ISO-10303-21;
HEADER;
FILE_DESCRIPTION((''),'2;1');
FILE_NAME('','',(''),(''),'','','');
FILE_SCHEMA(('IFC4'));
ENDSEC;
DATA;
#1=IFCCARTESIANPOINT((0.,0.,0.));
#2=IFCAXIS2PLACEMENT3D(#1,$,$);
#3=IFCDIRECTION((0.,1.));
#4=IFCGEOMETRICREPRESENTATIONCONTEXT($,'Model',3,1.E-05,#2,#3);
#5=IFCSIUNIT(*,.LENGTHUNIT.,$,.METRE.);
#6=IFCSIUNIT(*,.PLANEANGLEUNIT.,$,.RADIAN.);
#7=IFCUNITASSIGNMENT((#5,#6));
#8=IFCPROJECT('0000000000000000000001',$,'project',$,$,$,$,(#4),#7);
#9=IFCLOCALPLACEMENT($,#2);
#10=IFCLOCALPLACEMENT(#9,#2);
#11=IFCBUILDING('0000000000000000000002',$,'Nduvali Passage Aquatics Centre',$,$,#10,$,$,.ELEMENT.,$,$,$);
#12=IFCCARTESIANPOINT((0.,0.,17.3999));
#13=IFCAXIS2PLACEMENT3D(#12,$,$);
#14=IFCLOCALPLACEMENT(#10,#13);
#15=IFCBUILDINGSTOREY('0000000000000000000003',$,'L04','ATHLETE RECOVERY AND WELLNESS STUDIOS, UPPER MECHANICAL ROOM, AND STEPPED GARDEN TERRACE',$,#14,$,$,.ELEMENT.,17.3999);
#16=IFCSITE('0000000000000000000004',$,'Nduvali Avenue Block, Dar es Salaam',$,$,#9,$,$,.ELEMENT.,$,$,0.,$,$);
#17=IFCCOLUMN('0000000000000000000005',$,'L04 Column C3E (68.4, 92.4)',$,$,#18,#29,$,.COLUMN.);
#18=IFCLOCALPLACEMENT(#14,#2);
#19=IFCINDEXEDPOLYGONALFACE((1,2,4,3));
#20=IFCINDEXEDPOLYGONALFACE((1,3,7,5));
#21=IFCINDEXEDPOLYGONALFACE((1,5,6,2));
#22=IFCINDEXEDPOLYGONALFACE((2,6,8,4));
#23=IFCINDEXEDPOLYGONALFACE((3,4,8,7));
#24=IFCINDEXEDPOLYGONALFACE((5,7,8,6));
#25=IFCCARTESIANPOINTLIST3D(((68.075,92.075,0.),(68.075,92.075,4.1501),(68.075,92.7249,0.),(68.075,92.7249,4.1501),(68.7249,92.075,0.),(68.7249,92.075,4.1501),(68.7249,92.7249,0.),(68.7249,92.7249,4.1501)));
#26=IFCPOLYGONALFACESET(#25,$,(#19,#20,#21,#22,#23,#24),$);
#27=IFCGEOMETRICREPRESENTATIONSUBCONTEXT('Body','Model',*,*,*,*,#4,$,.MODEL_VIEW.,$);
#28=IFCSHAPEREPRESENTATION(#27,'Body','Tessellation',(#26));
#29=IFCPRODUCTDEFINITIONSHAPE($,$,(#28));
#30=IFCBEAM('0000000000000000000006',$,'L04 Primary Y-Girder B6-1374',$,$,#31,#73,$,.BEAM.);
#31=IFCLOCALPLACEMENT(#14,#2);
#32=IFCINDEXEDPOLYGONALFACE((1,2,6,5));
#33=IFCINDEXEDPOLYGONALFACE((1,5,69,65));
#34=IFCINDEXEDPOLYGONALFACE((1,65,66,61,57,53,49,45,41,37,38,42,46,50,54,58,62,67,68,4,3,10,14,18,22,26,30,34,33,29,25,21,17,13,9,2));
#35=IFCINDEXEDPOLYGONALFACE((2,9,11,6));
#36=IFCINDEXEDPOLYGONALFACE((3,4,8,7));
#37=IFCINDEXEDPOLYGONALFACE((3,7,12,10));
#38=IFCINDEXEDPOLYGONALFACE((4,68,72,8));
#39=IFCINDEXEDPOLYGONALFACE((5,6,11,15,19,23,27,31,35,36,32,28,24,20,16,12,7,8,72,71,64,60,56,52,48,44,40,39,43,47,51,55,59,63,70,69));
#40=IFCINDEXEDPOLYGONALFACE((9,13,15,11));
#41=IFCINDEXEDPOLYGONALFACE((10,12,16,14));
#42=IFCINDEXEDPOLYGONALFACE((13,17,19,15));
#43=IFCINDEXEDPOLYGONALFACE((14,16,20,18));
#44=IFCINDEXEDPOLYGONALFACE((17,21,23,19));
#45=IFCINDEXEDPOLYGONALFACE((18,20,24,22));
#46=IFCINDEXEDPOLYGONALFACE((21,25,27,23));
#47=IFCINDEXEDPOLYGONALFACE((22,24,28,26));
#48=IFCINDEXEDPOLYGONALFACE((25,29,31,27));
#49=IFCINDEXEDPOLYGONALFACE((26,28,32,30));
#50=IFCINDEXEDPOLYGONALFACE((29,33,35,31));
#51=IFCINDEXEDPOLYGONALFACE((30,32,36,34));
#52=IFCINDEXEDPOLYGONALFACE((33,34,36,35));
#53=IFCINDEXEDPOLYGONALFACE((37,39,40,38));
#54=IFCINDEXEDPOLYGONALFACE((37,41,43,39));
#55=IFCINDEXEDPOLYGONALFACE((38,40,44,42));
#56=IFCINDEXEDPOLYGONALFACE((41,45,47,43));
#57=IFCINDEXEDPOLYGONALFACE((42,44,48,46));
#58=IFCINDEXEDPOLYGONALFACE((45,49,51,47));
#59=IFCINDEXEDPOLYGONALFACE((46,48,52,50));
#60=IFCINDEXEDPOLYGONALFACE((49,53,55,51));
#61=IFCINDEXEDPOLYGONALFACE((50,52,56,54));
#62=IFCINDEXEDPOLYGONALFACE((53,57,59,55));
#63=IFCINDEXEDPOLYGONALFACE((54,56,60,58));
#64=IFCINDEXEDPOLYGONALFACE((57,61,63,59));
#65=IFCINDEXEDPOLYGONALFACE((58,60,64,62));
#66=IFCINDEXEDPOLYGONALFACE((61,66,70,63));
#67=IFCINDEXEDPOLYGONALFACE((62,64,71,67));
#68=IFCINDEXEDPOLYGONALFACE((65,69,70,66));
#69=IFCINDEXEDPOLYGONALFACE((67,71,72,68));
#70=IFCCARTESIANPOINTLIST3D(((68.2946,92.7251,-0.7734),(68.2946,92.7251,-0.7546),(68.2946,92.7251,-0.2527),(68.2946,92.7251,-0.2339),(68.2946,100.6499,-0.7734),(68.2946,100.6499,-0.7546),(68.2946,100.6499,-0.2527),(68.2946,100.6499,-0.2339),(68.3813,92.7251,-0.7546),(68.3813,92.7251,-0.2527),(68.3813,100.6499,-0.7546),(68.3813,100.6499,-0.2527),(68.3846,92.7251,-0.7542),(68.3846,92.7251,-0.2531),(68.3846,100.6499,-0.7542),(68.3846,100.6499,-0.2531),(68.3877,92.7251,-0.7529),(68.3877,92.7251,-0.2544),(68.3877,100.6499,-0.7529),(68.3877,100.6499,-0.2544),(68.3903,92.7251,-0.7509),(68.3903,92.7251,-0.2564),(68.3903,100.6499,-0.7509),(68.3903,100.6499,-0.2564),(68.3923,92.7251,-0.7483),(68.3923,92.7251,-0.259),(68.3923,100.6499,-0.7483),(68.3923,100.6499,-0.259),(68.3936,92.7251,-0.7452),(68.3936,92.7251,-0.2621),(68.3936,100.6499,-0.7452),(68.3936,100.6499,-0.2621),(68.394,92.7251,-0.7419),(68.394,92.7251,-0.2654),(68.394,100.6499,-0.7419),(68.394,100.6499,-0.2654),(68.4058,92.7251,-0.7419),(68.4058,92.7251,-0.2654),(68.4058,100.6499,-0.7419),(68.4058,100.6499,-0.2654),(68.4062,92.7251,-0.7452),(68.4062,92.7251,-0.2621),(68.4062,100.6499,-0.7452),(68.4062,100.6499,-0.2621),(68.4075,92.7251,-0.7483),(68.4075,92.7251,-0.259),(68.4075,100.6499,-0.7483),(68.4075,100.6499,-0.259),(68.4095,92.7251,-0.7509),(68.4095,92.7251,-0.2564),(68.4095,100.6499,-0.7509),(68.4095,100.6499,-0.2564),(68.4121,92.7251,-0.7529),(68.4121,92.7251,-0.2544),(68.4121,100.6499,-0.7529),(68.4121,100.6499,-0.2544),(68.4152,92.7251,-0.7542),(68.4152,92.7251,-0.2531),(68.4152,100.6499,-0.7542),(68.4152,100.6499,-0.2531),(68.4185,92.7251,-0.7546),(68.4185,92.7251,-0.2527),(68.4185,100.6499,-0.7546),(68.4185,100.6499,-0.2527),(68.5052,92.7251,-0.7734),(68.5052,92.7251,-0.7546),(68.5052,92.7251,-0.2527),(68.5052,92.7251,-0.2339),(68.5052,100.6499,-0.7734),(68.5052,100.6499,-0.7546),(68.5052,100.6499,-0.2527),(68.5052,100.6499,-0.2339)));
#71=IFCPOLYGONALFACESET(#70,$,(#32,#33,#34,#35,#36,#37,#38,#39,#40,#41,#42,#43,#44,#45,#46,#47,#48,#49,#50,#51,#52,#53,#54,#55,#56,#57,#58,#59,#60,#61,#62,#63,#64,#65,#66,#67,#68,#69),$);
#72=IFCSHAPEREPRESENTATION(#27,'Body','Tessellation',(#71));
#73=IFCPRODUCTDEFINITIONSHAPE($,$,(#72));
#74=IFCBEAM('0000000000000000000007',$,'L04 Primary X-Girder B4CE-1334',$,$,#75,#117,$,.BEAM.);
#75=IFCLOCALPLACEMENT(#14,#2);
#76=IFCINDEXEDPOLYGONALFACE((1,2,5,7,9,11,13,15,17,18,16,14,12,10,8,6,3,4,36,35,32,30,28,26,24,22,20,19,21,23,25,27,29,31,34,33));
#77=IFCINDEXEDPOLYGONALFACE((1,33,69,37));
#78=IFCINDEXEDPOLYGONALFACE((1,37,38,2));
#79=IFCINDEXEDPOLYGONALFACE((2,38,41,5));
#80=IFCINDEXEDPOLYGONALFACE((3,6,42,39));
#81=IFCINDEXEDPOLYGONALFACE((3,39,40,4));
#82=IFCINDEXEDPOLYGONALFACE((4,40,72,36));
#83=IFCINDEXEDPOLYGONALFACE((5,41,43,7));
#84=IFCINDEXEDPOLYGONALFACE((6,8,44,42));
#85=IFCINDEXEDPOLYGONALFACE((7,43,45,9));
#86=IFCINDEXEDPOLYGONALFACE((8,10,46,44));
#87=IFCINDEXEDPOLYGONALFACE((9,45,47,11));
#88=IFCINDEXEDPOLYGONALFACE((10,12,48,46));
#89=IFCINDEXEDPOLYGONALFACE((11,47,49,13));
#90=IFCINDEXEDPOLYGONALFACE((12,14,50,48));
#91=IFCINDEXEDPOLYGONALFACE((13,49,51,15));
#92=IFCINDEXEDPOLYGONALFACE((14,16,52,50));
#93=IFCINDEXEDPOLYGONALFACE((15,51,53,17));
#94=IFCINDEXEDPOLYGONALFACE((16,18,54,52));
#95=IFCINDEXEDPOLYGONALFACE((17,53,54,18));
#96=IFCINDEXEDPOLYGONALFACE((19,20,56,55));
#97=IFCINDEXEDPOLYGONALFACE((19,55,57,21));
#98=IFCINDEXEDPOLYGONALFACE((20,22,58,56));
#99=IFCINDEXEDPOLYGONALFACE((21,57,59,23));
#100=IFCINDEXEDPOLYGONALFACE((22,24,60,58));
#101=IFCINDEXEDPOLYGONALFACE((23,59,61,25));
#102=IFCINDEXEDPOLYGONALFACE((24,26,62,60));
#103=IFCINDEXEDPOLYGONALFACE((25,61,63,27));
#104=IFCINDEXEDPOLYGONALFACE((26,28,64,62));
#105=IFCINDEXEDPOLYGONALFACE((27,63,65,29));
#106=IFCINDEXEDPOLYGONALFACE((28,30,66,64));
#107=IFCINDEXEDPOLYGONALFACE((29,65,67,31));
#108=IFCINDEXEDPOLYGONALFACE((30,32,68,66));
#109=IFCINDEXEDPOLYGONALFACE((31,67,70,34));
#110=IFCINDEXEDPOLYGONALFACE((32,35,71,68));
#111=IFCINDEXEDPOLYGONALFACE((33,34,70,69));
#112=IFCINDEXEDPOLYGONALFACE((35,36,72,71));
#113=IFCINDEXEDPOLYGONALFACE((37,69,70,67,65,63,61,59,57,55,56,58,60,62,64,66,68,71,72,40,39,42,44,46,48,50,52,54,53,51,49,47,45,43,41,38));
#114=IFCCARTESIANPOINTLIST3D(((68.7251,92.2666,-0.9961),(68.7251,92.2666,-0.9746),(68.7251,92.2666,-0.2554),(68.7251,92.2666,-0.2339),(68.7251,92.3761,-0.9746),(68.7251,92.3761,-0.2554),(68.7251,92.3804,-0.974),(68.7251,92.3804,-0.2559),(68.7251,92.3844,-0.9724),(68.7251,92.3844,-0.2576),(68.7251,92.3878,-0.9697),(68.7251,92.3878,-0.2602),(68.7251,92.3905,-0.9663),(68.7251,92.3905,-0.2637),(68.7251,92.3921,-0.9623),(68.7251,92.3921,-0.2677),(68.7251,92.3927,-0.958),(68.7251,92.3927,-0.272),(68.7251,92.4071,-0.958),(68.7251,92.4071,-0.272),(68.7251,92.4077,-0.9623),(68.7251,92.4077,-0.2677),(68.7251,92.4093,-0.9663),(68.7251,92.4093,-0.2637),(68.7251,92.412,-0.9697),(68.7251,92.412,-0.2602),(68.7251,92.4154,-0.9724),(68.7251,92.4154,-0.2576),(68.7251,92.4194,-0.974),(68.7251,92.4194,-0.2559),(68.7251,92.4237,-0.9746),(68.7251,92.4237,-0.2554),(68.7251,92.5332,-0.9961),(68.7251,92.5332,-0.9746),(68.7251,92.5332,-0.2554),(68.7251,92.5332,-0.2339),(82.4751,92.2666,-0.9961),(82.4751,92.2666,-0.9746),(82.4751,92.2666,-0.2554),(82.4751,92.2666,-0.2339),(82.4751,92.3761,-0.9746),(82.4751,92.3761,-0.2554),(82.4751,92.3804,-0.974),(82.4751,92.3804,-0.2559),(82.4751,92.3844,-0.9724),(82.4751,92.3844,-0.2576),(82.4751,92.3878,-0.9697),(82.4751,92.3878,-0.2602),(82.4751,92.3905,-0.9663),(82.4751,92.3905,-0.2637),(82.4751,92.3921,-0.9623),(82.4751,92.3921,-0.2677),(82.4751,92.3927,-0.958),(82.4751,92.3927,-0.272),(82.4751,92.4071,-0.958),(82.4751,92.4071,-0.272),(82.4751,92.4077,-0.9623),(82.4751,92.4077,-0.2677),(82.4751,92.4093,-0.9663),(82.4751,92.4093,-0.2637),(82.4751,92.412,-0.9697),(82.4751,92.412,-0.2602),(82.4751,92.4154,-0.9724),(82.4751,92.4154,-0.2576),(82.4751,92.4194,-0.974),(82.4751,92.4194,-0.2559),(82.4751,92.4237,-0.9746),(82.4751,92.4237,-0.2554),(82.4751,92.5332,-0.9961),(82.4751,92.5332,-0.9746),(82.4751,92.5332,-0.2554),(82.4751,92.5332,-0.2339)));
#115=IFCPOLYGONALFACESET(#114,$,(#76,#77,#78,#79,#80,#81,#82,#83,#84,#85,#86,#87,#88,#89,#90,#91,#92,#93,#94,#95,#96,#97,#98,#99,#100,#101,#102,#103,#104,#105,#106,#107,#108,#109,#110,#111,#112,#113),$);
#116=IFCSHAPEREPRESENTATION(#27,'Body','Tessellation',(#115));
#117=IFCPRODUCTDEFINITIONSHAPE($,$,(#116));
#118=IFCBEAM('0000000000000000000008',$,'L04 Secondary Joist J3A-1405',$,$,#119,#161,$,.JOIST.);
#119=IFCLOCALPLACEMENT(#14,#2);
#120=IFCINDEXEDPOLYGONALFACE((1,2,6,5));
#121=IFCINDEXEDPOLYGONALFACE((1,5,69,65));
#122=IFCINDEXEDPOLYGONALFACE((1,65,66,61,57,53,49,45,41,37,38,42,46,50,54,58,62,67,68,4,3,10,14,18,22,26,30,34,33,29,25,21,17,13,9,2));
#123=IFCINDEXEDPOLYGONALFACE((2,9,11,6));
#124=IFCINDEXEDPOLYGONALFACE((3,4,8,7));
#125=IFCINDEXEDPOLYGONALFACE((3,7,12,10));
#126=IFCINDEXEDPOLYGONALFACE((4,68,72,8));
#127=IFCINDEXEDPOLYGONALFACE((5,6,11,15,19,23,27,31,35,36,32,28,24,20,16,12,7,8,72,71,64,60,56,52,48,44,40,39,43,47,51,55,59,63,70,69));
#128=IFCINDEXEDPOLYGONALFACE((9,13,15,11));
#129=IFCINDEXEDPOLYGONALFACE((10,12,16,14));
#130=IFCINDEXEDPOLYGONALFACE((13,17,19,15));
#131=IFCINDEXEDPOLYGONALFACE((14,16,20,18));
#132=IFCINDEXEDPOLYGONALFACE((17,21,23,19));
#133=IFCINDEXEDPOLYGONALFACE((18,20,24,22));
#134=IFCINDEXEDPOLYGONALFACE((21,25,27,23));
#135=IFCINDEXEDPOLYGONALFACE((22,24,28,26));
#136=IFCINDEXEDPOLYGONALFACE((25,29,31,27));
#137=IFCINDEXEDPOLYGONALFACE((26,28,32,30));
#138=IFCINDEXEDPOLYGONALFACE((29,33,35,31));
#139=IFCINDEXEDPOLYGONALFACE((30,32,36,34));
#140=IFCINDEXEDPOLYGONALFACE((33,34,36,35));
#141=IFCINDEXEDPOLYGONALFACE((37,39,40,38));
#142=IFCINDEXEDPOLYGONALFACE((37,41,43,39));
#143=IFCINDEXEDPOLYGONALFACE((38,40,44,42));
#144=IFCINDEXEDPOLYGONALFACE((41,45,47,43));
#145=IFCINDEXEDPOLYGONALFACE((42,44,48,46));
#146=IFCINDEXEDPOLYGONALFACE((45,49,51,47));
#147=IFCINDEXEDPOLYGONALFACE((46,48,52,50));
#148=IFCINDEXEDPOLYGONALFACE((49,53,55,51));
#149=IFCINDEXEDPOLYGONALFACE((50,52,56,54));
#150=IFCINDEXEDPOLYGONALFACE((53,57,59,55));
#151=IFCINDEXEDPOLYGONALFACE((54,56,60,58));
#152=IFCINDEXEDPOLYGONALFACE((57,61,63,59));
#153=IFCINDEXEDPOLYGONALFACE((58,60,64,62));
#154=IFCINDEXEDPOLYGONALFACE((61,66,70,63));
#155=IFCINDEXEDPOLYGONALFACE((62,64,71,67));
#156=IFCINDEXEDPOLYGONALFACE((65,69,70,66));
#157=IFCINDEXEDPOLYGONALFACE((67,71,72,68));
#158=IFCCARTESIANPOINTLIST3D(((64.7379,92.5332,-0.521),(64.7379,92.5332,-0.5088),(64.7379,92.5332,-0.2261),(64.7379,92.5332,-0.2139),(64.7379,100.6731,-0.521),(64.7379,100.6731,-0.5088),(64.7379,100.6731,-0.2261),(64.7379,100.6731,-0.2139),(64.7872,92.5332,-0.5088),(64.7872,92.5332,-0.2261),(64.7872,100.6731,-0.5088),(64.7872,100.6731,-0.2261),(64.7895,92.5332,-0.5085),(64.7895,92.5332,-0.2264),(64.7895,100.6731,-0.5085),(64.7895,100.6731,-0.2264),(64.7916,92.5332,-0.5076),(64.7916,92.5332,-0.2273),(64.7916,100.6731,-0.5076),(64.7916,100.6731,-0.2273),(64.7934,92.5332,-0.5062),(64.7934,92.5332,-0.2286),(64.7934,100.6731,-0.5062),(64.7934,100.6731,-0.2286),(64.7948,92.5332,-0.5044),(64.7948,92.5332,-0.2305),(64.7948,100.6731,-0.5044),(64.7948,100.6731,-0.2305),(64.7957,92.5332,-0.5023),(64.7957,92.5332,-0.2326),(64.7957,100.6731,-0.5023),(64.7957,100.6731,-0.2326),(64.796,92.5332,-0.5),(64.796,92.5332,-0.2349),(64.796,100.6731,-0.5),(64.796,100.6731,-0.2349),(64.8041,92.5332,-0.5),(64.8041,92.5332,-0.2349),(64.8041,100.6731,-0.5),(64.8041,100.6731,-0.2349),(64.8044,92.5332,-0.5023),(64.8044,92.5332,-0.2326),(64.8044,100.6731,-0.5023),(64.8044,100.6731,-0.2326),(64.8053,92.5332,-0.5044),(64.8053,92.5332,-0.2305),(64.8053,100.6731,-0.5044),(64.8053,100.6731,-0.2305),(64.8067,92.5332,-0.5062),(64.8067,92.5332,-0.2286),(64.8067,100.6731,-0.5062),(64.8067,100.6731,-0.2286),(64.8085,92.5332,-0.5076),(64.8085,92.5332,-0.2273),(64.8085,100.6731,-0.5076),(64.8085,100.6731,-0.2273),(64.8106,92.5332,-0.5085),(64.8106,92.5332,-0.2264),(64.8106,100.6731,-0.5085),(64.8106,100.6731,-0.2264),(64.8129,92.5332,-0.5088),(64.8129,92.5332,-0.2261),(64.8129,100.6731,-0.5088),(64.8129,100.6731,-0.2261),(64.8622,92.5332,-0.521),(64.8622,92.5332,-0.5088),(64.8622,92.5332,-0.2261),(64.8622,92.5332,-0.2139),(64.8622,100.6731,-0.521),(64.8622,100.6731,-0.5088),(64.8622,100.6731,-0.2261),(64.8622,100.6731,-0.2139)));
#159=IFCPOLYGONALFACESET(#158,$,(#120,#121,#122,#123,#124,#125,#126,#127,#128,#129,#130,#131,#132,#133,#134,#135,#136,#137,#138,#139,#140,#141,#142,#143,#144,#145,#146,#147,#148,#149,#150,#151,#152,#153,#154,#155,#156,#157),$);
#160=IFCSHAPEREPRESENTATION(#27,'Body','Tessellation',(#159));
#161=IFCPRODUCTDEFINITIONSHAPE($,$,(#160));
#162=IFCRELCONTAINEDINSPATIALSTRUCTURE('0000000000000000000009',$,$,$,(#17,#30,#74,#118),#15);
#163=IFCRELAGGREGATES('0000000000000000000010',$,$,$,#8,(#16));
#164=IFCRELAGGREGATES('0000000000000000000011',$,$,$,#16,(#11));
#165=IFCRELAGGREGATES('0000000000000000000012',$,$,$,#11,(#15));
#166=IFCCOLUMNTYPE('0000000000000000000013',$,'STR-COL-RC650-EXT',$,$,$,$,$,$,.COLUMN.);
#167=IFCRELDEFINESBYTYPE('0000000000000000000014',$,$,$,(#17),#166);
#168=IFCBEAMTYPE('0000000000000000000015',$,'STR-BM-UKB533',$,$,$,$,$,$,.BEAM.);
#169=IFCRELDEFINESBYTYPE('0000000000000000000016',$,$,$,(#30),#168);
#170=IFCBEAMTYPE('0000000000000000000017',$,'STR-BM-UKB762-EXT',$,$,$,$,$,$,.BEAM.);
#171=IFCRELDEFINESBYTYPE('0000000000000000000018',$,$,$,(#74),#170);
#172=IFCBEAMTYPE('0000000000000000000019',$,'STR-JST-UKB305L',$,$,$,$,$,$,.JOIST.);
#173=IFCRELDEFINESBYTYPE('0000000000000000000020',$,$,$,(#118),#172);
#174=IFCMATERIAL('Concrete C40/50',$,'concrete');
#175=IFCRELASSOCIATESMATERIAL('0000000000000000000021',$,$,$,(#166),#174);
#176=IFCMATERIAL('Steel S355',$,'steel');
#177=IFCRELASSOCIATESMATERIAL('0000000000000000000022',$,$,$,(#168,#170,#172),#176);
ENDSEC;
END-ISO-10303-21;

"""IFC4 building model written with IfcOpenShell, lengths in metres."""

from ifc_helpers import new_model, si_unit, direction, frame, origin, origin_2d, place, context, subcontext, project, spatial, rectangle, i_section, extrude, material, material_profile, profile_set, type_object, element, save


model = new_model("IFC4")

# Units and contexts
model_context = context("Model", 3, precision=1e-05, world=origin(), true_north=direction((0.0, 1.0)))
body_context = subcontext(model_context, "Body", "Model", "MODEL_VIEW")
ifc_project = project(units=[si_unit("LENGTHUNIT", "METRE"), si_unit("PLANEANGLEUNIT", "RADIAN")], contexts=[model_context])

# Site, building, storey
site_placement = place(None, origin())
site = spatial("IfcSite", under=ifc_project, at=site_placement, Name="Nduvali Avenue Block, Dar es Salaam", CompositionType="ELEMENT", RefElevation=0.0)
building_placement = place(site_placement, origin())
building = spatial("IfcBuilding", under=site, at=building_placement, Name="Nduvali Passage Aquatics Centre", CompositionType="ELEMENT")
storey_placement = place(building_placement, frame((0.0, 0.0, 17.3999)))
storey = spatial("IfcBuildingStorey", under=building, at=storey_placement, Name="L04", Description="ATHLETE RECOVERY AND WELLNESS STUDIOS, UPPER MECHANICAL ROOM, AND STEPPED GARDEN TERRACE", CompositionType="ELEMENT", Elevation=17.3999)

# Column
ifc_material_1 = material(Name="Concrete C40/50", Category="concrete")
ifc_material_profile_1 = material_profile(ifc_material_1, rectangle(XDim=0.6499, YDim=0.6499, at=origin_2d()), Name="RC 650x650")
ifc_profile_set_1 = profile_set([ifc_material_profile_1], Name="Concrete C40/50")
column_type = type_object("IfcColumnType", Name="STR-COL-RC650-EXT", PredefinedType="COLUMN", material=ifc_profile_set_1)
column_placement = place(storey_placement, frame((68.3999, 92.3999, 0.0), z_axis=(0.0, 0.0, 1.0), x_axis=(1.0, 0.0, 0.0)))
element("IfcColumn", 1, at=column_placement, inside=storey, type_object=column_type, Name="L04 Column C3E (68.4, 92.4)", PredefinedType="COLUMN", context=body_context, shape_type="SweptSolid", body=[
    extrude(rectangle(XDim=0.6499, YDim=0.6499, at=origin_2d()), origin(), (0.0, 0.0, 1.0), 4.1501),
])

# Beams
ifc_material_2 = material(Name="Steel S355", Category="steel")
ifc_material_profile_2 = material_profile(ifc_material_2, i_section(OverallWidth=0.2107, OverallDepth=0.5396, WebThickness=0.0117, FlangeThickness=0.0188, FilletRadius=0.0127, at=origin_2d()), Name="UKB 533x210x109")
ifc_profile_set_2 = profile_set([ifc_material_profile_2], Name="Steel S355")
beam_type_1 = type_object("IfcBeamType", Name="STR-BM-UKB533", PredefinedType="BEAM", material=ifc_profile_set_2)
beam_1_placement = place(storey_placement, frame((68.3999, 92.7251, -0.5037), z_axis=(0.0, 1.0, 0.0), x_axis=(-1.0, 0.0, 0.0)))
element("IfcBeam", 2, at=beam_1_placement, inside=storey, type_object=beam_type_1, Name="L04 Primary Y-Girder B6-1374", PredefinedType="BEAM", context=body_context, shape_type="SweptSolid", body=[
    extrude(i_section(OverallWidth=0.2107, OverallDepth=0.5396, WebThickness=0.0117, FlangeThickness=0.0188, FilletRadius=0.0127, at=origin_2d()), origin(), (0.0, 0.0, 1.0), 7.9248),
])
ifc_material_profile_3 = material_profile(ifc_material_2, i_section(OverallWidth=0.2666, OverallDepth=0.7622, WebThickness=0.0144, FlangeThickness=0.0215, FilletRadius=0.0166, at=origin_2d()), Name="UKB 762x267x173")
ifc_profile_set_3 = profile_set([ifc_material_profile_3], Name="Steel S355")
beam_type_2 = type_object("IfcBeamType", Name="STR-BM-UKB762-EXT", PredefinedType="BEAM", material=ifc_profile_set_3)
beam_2_placement = place(storey_placement, frame((68.7251, 92.3999, -0.615), z_axis=(1.0, 0.0, 0.0), x_axis=(0.0, 1.0, 0.0)))
element("IfcBeam", 3, at=beam_2_placement, inside=storey, type_object=beam_type_2, Name="L04 Primary X-Girder B4CE-1334", PredefinedType="BEAM", context=body_context, shape_type="SweptSolid", body=[
    extrude(i_section(OverallWidth=0.2666, OverallDepth=0.7622, WebThickness=0.0144, FlangeThickness=0.0215, FilletRadius=0.0166, at=origin_2d()), origin(), (0.0, 0.0, 1.0), 13.75),
])
ifc_material_profile_4 = material_profile(ifc_material_2, i_section(OverallWidth=0.1243, OverallDepth=0.3071, WebThickness=0.0081, FlangeThickness=0.0122, FilletRadius=0.0088, at=origin_2d()), Name="UKB 305x127x42")
ifc_profile_set_4 = profile_set([ifc_material_profile_4], Name="Steel S355")
beam_type_3 = type_object("IfcBeamType", Name="STR-JST-UKB305L", PredefinedType="JOIST", material=ifc_profile_set_4)
beam_3_placement = place(storey_placement, frame((64.8, 92.5332, -0.3674), z_axis=(0.0, 1.0, 0.0), x_axis=(-1.0, 0.0, 0.0)))
element("IfcBeam", 4, at=beam_3_placement, inside=storey, type_object=beam_type_3, Name="L04 Secondary Joist J3A-1405", PredefinedType="JOIST", context=body_context, shape_type="SweptSolid", body=[
    extrude(i_section(OverallWidth=0.1243, OverallDepth=0.3071, WebThickness=0.0081, FlangeThickness=0.0122, FilletRadius=0.0088, at=origin_2d()), origin(), (0.0, 0.0, 1.0), 8.1399),
])

save(model, "model.ifc")
